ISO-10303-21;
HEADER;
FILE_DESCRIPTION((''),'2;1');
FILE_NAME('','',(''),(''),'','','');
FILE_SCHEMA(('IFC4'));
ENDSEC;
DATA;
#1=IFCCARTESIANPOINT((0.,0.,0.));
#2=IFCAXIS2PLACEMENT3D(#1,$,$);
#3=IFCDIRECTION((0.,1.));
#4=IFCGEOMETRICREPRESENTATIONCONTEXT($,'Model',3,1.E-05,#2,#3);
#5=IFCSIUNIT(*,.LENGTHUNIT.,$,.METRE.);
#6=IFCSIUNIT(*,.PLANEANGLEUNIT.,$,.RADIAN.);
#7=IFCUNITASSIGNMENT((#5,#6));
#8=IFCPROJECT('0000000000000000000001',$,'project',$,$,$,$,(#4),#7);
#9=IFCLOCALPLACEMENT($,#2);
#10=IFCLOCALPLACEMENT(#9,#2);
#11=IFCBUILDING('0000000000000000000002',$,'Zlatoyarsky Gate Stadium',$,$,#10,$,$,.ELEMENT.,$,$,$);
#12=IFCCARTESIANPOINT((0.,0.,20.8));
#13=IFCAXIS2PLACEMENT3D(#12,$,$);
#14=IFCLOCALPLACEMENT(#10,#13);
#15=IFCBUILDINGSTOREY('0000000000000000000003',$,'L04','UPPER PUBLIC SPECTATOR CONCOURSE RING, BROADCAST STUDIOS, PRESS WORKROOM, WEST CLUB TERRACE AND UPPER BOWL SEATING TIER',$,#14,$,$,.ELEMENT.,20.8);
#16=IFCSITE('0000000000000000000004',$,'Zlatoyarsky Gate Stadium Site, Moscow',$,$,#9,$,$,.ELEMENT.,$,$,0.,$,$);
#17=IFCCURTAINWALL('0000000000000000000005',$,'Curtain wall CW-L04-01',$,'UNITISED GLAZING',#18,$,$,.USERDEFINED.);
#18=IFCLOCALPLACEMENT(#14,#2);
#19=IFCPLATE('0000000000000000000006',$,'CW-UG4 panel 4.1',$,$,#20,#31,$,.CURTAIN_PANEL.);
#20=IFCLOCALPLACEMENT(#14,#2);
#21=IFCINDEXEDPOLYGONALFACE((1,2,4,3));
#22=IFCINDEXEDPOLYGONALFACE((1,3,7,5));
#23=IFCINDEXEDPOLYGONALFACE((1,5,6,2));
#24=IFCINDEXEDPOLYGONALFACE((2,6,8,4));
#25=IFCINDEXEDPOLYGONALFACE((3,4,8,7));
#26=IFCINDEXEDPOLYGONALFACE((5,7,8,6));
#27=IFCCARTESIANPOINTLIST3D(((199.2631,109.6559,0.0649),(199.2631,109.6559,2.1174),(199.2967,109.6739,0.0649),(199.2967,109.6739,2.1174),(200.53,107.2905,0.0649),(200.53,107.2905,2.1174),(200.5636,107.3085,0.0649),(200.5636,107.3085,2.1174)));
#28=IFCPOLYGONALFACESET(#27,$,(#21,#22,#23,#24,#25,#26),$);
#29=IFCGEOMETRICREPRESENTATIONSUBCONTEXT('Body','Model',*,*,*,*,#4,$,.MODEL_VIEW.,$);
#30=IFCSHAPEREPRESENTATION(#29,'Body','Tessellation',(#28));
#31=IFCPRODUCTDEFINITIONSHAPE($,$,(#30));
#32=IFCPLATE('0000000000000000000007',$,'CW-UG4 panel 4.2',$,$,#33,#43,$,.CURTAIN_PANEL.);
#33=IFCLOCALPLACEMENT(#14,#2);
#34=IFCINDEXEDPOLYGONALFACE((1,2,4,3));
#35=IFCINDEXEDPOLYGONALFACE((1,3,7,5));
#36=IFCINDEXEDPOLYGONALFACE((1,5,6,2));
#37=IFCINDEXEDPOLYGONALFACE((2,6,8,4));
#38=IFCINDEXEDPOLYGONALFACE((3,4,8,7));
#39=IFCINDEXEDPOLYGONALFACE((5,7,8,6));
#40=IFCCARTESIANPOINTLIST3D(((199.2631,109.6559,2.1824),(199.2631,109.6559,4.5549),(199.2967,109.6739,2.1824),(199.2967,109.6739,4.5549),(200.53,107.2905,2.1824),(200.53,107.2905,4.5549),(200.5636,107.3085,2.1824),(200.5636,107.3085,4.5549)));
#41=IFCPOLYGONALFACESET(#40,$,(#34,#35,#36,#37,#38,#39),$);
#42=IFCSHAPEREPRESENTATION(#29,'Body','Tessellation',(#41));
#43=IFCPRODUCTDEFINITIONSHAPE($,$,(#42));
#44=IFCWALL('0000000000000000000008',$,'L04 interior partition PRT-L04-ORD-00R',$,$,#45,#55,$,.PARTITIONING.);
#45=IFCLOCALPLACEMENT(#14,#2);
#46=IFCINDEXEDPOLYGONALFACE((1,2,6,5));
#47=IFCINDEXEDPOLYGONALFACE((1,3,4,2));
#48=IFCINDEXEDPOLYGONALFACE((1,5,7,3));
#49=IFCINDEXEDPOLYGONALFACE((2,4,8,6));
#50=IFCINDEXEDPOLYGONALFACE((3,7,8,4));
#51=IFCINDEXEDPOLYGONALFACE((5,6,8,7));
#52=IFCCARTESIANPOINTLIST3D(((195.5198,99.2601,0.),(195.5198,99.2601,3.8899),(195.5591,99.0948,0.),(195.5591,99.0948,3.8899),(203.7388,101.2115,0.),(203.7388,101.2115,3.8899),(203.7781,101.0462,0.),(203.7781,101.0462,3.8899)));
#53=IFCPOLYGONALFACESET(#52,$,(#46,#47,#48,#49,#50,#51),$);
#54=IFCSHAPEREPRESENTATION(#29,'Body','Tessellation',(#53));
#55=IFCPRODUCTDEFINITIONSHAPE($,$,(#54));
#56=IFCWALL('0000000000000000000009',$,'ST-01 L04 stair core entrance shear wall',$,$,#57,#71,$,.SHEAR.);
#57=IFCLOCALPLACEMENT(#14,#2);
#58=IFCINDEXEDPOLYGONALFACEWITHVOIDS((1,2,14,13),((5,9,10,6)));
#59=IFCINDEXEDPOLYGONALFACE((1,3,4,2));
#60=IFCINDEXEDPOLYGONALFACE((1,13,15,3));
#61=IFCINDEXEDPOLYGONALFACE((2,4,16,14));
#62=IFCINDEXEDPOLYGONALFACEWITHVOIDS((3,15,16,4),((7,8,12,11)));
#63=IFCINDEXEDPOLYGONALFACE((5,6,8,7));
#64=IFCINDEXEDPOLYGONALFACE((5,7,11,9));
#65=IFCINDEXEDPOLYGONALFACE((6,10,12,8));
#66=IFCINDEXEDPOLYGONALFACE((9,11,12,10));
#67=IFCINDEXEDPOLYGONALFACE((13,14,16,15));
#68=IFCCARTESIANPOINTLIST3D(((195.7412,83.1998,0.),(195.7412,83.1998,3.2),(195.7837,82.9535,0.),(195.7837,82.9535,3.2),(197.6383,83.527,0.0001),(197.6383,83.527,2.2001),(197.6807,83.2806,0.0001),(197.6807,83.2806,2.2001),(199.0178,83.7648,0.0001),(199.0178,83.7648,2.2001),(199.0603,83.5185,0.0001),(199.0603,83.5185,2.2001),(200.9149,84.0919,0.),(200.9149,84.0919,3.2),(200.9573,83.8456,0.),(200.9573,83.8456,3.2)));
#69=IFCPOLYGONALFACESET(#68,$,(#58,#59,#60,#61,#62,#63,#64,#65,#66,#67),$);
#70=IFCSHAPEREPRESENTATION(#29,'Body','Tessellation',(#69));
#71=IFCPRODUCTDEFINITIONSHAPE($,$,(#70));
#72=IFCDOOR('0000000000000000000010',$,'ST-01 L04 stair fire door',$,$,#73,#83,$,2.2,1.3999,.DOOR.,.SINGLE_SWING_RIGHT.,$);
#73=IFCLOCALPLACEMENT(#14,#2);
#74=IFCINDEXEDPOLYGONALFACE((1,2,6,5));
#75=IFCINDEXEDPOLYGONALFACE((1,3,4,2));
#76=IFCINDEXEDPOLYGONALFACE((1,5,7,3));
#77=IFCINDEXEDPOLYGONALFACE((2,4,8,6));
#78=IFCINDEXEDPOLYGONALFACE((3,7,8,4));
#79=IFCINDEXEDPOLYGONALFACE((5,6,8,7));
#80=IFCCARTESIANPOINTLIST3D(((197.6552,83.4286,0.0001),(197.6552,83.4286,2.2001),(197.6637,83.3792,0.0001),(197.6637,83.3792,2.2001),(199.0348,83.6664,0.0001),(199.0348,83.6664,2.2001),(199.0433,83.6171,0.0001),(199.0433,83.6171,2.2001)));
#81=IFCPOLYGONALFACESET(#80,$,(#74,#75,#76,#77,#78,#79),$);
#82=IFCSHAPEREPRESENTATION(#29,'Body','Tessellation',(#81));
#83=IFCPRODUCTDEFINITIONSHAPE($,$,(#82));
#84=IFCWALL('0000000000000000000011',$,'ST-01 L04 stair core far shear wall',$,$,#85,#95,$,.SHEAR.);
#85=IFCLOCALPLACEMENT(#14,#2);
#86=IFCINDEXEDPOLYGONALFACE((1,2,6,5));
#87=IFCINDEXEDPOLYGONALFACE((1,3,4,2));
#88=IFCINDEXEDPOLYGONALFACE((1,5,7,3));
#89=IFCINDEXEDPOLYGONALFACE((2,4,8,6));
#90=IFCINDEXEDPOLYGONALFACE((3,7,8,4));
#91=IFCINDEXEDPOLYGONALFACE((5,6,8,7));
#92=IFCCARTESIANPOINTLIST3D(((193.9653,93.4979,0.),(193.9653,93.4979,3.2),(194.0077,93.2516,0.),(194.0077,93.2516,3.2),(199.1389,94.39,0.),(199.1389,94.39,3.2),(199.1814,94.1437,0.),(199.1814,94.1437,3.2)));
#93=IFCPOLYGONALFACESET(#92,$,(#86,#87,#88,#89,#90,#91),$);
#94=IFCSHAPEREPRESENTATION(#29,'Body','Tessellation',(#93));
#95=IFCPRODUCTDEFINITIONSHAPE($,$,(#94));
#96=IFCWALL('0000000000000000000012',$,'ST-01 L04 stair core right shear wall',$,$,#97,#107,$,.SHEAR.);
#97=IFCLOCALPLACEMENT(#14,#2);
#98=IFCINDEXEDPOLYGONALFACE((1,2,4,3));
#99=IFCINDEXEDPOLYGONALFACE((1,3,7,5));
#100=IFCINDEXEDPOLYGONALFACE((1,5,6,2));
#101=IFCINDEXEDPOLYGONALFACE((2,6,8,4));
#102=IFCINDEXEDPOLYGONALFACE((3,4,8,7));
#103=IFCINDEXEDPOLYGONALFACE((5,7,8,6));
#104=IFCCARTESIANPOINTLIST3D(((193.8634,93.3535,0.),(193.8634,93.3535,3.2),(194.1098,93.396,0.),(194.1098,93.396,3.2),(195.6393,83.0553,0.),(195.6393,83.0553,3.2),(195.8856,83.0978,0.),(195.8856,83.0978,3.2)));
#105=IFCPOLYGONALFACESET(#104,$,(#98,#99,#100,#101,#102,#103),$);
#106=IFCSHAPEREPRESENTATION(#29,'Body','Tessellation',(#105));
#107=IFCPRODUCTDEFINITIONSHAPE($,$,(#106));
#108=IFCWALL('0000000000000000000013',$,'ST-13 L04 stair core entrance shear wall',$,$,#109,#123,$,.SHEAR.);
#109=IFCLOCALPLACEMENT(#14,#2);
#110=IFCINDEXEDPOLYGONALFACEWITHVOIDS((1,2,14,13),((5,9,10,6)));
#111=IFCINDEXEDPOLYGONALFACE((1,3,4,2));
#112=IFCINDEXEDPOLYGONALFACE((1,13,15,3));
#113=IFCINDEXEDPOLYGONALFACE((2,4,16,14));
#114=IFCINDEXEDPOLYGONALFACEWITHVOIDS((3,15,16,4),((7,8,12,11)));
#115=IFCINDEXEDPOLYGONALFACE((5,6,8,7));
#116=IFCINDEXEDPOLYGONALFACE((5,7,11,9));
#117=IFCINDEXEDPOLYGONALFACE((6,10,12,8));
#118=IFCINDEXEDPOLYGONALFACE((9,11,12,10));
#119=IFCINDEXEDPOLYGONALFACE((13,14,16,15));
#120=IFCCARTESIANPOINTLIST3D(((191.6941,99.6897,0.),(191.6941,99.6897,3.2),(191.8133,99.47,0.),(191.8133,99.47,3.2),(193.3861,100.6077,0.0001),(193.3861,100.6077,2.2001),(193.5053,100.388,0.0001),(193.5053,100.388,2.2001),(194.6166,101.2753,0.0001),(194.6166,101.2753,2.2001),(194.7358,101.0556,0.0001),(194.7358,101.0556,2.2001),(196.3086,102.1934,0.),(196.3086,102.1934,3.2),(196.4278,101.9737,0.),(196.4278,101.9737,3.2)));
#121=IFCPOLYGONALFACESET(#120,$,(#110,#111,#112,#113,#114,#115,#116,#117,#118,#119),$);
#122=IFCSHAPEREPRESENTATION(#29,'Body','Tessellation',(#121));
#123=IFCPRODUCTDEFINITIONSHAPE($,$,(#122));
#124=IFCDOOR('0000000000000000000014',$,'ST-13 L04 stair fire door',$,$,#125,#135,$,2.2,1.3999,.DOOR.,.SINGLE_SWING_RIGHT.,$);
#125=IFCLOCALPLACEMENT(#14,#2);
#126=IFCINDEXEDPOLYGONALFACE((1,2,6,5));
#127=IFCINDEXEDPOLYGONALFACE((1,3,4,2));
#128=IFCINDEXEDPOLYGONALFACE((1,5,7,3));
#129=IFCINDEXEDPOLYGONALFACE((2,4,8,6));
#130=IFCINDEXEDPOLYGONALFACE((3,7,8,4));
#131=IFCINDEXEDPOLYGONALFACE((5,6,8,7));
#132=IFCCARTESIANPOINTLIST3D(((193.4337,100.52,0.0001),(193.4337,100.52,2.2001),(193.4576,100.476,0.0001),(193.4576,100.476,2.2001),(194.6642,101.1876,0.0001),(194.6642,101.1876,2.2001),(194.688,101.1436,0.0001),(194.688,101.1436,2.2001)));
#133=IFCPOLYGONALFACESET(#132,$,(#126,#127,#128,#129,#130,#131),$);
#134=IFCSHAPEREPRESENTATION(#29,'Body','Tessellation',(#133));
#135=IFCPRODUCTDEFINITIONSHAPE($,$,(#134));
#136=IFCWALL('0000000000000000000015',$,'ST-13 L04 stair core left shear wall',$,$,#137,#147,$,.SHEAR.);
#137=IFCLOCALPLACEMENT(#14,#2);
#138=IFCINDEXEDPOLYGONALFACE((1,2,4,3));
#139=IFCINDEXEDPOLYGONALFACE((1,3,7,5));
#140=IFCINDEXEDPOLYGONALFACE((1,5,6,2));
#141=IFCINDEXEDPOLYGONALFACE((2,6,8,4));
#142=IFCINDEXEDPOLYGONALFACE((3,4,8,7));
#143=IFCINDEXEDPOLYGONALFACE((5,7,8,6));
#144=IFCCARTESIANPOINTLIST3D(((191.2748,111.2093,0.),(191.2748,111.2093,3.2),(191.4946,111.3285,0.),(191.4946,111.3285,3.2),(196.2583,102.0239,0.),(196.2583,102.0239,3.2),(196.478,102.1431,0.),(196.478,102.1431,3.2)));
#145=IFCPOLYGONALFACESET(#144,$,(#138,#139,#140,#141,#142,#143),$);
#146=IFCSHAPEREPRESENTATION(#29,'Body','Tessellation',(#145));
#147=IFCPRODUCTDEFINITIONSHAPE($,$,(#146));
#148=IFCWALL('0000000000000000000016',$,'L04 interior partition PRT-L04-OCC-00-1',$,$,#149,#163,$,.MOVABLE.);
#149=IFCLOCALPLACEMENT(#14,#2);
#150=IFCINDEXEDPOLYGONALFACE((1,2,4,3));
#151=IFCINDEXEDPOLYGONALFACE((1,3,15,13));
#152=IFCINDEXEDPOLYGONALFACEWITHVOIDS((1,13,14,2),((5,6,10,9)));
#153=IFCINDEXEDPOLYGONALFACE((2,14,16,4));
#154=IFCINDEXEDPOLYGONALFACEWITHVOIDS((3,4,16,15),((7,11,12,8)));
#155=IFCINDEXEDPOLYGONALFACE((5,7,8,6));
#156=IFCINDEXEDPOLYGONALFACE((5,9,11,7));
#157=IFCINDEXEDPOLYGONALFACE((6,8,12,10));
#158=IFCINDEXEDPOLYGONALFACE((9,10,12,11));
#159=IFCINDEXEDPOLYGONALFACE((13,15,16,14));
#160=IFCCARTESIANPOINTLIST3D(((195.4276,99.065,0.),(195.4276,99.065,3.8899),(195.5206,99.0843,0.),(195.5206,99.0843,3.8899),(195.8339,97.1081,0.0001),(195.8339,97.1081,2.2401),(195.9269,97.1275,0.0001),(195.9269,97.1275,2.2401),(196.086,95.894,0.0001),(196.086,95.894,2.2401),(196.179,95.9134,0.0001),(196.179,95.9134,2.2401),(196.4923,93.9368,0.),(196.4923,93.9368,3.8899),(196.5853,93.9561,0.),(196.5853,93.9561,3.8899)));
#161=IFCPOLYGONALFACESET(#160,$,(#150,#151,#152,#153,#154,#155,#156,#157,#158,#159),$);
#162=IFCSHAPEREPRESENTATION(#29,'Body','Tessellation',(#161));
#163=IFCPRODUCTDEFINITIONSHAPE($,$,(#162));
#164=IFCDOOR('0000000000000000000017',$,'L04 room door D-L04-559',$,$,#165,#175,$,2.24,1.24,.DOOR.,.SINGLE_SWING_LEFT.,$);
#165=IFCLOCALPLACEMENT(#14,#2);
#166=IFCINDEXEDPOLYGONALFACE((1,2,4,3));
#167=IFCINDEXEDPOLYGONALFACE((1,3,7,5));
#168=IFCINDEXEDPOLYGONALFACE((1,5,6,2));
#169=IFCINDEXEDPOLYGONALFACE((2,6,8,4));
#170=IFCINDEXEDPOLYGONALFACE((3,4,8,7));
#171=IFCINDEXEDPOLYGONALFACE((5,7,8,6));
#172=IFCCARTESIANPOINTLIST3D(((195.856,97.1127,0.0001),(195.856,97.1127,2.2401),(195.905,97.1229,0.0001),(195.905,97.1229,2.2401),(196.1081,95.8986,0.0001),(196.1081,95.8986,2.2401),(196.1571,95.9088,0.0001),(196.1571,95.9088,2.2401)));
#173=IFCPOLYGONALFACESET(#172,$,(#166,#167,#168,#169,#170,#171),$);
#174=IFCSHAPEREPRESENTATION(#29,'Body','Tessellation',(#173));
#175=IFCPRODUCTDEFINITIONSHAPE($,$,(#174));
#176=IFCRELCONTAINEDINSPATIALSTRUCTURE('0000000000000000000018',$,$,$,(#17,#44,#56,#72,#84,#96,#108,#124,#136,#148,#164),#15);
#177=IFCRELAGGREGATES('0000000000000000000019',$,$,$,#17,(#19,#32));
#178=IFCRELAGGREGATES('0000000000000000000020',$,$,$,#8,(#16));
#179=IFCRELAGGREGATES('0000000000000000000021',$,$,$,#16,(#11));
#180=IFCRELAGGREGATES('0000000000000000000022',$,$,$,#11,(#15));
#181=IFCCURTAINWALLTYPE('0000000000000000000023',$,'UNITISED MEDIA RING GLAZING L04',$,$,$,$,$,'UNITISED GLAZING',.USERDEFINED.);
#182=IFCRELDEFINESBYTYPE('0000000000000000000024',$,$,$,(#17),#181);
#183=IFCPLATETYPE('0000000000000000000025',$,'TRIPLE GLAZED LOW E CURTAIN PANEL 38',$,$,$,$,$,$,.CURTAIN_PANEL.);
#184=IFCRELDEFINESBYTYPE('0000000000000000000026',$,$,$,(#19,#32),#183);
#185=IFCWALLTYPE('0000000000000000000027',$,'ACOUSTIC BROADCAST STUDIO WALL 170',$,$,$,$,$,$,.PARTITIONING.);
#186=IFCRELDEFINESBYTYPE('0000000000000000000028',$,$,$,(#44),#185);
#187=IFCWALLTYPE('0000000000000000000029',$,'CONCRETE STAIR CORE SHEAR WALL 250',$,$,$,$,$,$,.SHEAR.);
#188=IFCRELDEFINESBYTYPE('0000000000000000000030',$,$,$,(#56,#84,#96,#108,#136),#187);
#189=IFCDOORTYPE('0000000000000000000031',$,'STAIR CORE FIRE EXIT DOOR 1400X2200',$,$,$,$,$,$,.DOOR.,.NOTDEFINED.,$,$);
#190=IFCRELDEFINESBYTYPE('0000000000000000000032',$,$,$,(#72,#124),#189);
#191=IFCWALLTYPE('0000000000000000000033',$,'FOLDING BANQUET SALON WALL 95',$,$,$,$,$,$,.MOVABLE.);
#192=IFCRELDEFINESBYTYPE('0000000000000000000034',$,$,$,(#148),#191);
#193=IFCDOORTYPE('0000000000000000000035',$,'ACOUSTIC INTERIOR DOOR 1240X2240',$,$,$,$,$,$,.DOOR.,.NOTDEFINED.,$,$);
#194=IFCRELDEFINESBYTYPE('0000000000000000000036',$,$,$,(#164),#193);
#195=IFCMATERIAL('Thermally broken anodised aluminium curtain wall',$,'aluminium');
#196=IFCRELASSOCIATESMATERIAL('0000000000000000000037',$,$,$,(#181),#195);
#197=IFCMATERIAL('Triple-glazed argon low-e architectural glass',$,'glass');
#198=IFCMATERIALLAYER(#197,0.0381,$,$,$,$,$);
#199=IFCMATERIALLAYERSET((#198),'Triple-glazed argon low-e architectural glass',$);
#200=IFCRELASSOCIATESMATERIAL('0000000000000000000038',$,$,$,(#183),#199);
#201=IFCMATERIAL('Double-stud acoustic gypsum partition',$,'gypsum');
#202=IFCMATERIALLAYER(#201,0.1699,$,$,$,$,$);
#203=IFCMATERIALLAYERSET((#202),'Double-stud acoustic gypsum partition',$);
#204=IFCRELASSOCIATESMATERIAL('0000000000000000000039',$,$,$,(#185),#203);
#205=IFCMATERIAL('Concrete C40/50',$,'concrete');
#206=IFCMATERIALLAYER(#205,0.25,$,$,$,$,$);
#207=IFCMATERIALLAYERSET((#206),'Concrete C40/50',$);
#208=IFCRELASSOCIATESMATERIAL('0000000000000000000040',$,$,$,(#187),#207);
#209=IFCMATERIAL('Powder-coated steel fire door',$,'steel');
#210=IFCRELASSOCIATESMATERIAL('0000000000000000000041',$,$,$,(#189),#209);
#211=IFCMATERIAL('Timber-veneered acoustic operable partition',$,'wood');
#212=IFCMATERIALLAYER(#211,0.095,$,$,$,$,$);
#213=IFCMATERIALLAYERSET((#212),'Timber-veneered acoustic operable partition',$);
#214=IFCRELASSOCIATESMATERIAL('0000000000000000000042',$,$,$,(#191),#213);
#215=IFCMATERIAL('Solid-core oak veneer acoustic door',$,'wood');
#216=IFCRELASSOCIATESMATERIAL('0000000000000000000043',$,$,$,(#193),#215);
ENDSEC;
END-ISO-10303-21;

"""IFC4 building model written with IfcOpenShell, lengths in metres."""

from ifc_helpers import new_model, si_unit, direction, frame, frame_2d, origin, origin_2d, place, context, subcontext, project, spatial, rectangle, extrude, material, layer, layer_set, type_object, element, fill, aggregate, save


model = new_model("IFC4")

# Units and contexts
model_context = context("Model", 3, precision=1e-05, world=origin(), true_north=direction((0.0, 1.0)))
body_context = subcontext(model_context, "Body", "Model", "MODEL_VIEW")
ifc_project = project(units=[si_unit("LENGTHUNIT", "METRE"), si_unit("PLANEANGLEUNIT", "RADIAN")], contexts=[model_context])

# Site, building, storey
site_placement = place(None, origin())
site = spatial("IfcSite", under=ifc_project, at=site_placement, Name="Zlatoyarsky Gate Stadium Site, Moscow", CompositionType="ELEMENT", RefElevation=0.0)
building_placement = place(site_placement, origin())
building = spatial("IfcBuilding", under=site, at=building_placement, Name="Zlatoyarsky Gate Stadium", CompositionType="ELEMENT")
storey_placement = place(building_placement, frame((0.0, 0.0, 20.8)))
storey = spatial("IfcBuildingStorey", under=building, at=storey_placement, Name="L04", Description="UPPER PUBLIC SPECTATOR CONCOURSE RING, BROADCAST STUDIOS, PRESS WORKROOM, WEST CLUB TERRACE AND UPPER BOWL SEATING TIER", CompositionType="ELEMENT", Elevation=20.8)

# Curtain wall
ifc_material_1 = material(Name="Thermally broken anodised aluminium curtain wall", Category="aluminium")
curtain_wall_type = type_object("IfcCurtainWallType", Name="UNITISED MEDIA RING GLAZING L04", ElementType="UNITISED GLAZING", PredefinedType="USERDEFINED", material=ifc_material_1)
curtain_wall_placement = place(storey_placement, origin())
curtain_wall = element("IfcCurtainWall", 1, at=curtain_wall_placement, inside=storey, type_object=curtain_wall_type, Name="Curtain wall CW-L04-01", ObjectType="UNITISED GLAZING", PredefinedType="USERDEFINED")

# Plates
ifc_material_2 = material(Name="Triple-glazed argon low-e architectural glass", Category="glass")
ifc_layer_1 = layer(ifc_material_2, 0.0381)
ifc_layer_set_1 = layer_set([ifc_layer_1], Name="Triple-glazed argon low-e architectural glass")
plate_type = type_object("IfcPlateType", Name="TRIPLE GLAZED LOW E CURTAIN PANEL 38", PredefinedType="CURTAIN_PANEL", material=ifc_layer_set_1)
plate_1_placement = place(storey_placement, frame((199.9133, 108.4822, 0.0649), z_axis=(0.0, 0.0, 1.0), x_axis=(-0.472145, 0.881521, 0.0)))
plate_1 = element("IfcPlate", 2, at=plate_1_placement, type_object=plate_type, Name="CW-UG4 panel 4.1", PredefinedType="CURTAIN_PANEL", context=body_context, shape_type="SweptSolid", body=[
    extrude(rectangle(XDim=2.6833, YDim=0.0381, at=origin_2d()), origin(), (0.0, 0.0, 1.0), 2.0525),
])
plate_2_placement = place(storey_placement, frame((199.9133, 108.4822, 2.1824), z_axis=(0.0, 0.0, 1.0), x_axis=(-0.472145, 0.881521, 0.0)))
plate_2 = element("IfcPlate", 3, at=plate_2_placement, type_object=plate_type, Name="CW-UG4 panel 4.2", PredefinedType="CURTAIN_PANEL", context=body_context, shape_type="SweptSolid", body=[
    extrude(rectangle(XDim=2.6833, YDim=0.0381, at=origin_2d()), origin(), (0.0, 0.0, 1.0), 2.3726),
])
aggregate(curtain_wall, [plate_1, plate_2])

# Wall
ifc_material_3 = material(Name="Double-stud acoustic gypsum partition", Category="gypsum")
ifc_layer_2 = layer(ifc_material_3, 0.1699)
ifc_layer_set_2 = layer_set([ifc_layer_2], Name="Double-stud acoustic gypsum partition")
wall_type_1 = type_object("IfcWallType", Name="ACOUSTIC BROADCAST STUDIO WALL 170", PredefinedType="PARTITIONING", material=ifc_layer_set_2)
wall_1_placement = place(storey_placement, frame((195.5396, 99.1775, 0.0), z_axis=(0.0, 0.0, 1.0), x_axis=(0.972952, 0.231006, 0.0)))
element("IfcWall", 4, at=wall_1_placement, inside=storey, type_object=wall_type_1, Name="L04 interior partition PRT-L04-ORD-00R", PredefinedType="PARTITIONING", context=body_context, shape_type="SweptSolid", body=[
    extrude(rectangle(XDim=8.4475, YDim=0.1699, at=frame_2d((4.2236, 0.0))), origin(), (0.0, 0.0, 1.0), 3.8899),
])

# Wall, opening, door
ifc_material_4 = material(Name="Concrete C40/50", Category="concrete")
ifc_layer_3 = layer(ifc_material_4, 0.25)
ifc_layer_set_3 = layer_set([ifc_layer_3], Name="Concrete C40/50")
wall_type_2 = type_object("IfcWallType", Name="CONCRETE STAIR CORE SHEAR WALL 250", PredefinedType="SHEAR", material=ifc_layer_set_3)
wall_2_placement = place(storey_placement, frame((195.7625, 83.0767, 0.0), z_axis=(0.0, 0.0, 1.0), x_axis=(0.985457, 0.169924, 0.0)))
wall_2 = element("IfcWall", 5, at=wall_2_placement, inside=storey, type_object=wall_type_2, Name="ST-01 L04 stair core entrance shear wall", PredefinedType="SHEAR", context=body_context, shape_type="SweptSolid", body=[
    extrude(rectangle(XDim=5.25, YDim=0.25, at=frame_2d((2.625, 0.0))), origin(), (0.0, 0.0, 1.0), 3.2),
])
opening_1_placement = place(wall_2_placement, frame((1.925, 0.0, 0.0)))
opening_1 = element("IfcOpeningElement", 6, at=opening_1_placement, cuts=wall_2, PredefinedType="OPENING", context=body_context, shape_type="SweptSolid", body=[
    extrude(rectangle(XDim=1.3999, YDim=2.2, at=frame_2d((0.7, 1.1001))), frame((0.0, 0.135, 0.0), z_axis=(0.0, -1.0, 0.0), x_axis=(1.0, 0.0, 0.0)), (0.0, 0.0, 1.0), 0.27),
])
ifc_material_5 = material(Name="Powder-coated steel fire door", Category="steel")
door_type_1 = type_object("IfcDoorType", Name="STAIR CORE FIRE EXIT DOOR 1400X2200", OperationType="NOTDEFINED", PredefinedType="DOOR", material=ifc_material_5)
door_1_placement = place(opening_1_placement, frame((1.3999, 0.0, 0.0), z_axis=(0.0, 0.0, 1.0), x_axis=(-1.0, 0.0, 0.0)))
door_1 = element("IfcDoor", 7, at=door_1_placement, inside=storey, type_object=door_type_1, Name="ST-01 L04 stair fire door", OperationType="SINGLE_SWING_RIGHT", OverallHeight=2.2, OverallWidth=1.3999, PredefinedType="DOOR", context=body_context, shape_type="SweptSolid", body=[
    extrude(rectangle(XDim=1.3999, YDim=2.2, at=frame_2d((0.7, 1.1001))), frame((0.0, 0.0249, 0.0), z_axis=(0.0, -1.0, 0.0), x_axis=(1.0, 0.0, 0.0)), (0.0, 0.0, 1.0), 0.05),
])
fill(opening_1, door_1)

# Walls
wall_3_placement = place(storey_placement, frame((199.1602, 94.2668, 0.0), z_axis=(0.0, 0.0, 1.0), x_axis=(-0.985457, -0.169924, 0.0)))
element("IfcWall", 8, at=wall_3_placement, inside=storey, type_object=wall_type_2, Name="ST-01 L04 stair core far shear wall", PredefinedType="SHEAR", context=body_context, shape_type="SweptSolid", body=[
    extrude(rectangle(XDim=5.25, YDim=0.25, at=frame_2d((2.625, 0.0))), origin(), (0.0, 0.0, 1.0), 3.2),
])
wall_4_placement = place(storey_placement, frame((193.9866, 93.3748, 0.0), z_axis=(0.0, 0.0, 1.0), x_axis=(0.169939, -0.985455, 0.0)))
element("IfcWall", 9, at=wall_4_placement, inside=storey, type_object=wall_type_2, Name="ST-01 L04 stair core right shear wall", PredefinedType="SHEAR", context=body_context, shape_type="SweptSolid", body=[
    extrude(rectangle(XDim=10.4502, YDim=0.25, at=frame_2d((5.2251, 0.0))), origin(), (0.0, 0.0, 1.0), 3.2),
])

# Wall, opening, door
wall_5_placement = place(storey_placement, frame((191.7537, 99.5798, 0.0), z_axis=(0.0, 0.0, 1.0), x_axis=(0.878961, 0.476893, 0.0)))
wall_5 = element("IfcWall", 10, at=wall_5_placement, inside=storey, type_object=wall_type_2, Name="ST-13 L04 stair core entrance shear wall", PredefinedType="SHEAR", context=body_context, shape_type="SweptSolid", body=[
    extrude(rectangle(XDim=5.25, YDim=0.25, at=frame_2d((2.625, 0.0))), origin(), (0.0, 0.0, 1.0), 3.2),
])
opening_2_placement = place(wall_5_placement, frame((1.925, 0.0, 0.0)))
opening_2 = element("IfcOpeningElement", 11, at=opening_2_placement, cuts=wall_5, PredefinedType="OPENING", context=body_context, shape_type="SweptSolid", body=[
    extrude(rectangle(XDim=1.3999, YDim=2.2, at=frame_2d((0.7, 1.1001))), frame((0.0, 0.135, 0.0), z_axis=(0.0, -1.0, 0.0), x_axis=(1.0, 0.0, 0.0)), (0.0, 0.0, 1.0), 0.27),
])
door_2_placement = place(opening_2_placement, frame((1.3999, 0.0, 0.0), z_axis=(0.0, 0.0, 1.0), x_axis=(-1.0, 0.0, 0.0)))
door_2 = element("IfcDoor", 12, at=door_2_placement, inside=storey, type_object=door_type_1, Name="ST-13 L04 stair fire door", OperationType="SINGLE_SWING_RIGHT", OverallHeight=2.2, OverallWidth=1.3999, PredefinedType="DOOR", context=body_context, shape_type="SweptSolid", body=[
    extrude(rectangle(XDim=1.3999, YDim=2.2, at=frame_2d((0.7, 1.1001))), frame((0.0, 0.0249, 0.0), z_axis=(0.0, -1.0, 0.0), x_axis=(1.0, 0.0, 0.0)), (0.0, 0.0, 1.0), 0.05),
])
fill(opening_2, door_2)

# Wall
wall_6_placement = place(storey_placement, frame((196.3682, 102.0835, 0.0), z_axis=(0.0, 0.0, 1.0), x_axis=(-0.476877, 0.87897, 0.0)))
element("IfcWall", 13, at=wall_6_placement, inside=storey, type_object=wall_type_2, Name="ST-13 L04 stair core left shear wall", PredefinedType="SHEAR", context=body_context, shape_type="SweptSolid", body=[
    extrude(rectangle(XDim=10.4502, YDim=0.25, at=frame_2d((5.2251, 0.0))), origin(), (0.0, 0.0, 1.0), 3.2),
])

# Wall, opening, door
ifc_material_6 = material(Name="Timber-veneered acoustic operable partition", Category="wood")
ifc_layer_4 = layer(ifc_material_6, 0.095)
ifc_layer_set_4 = layer_set([ifc_layer_4], Name="Timber-veneered acoustic operable partition")
wall_type_3 = type_object("IfcWallType", Name="FOLDING BANQUET SALON WALL 95", PredefinedType="MOVABLE", material=ifc_layer_set_4)
wall_7_placement = place(storey_placement, frame((196.5388, 93.9465, 0.0), z_axis=(0.0, 0.0, 1.0), x_axis=(-0.203282, 0.97912, 0.0)))
wall_7 = element("IfcWall", 14, at=wall_7_placement, inside=storey, type_object=wall_type_3, Name="L04 interior partition PRT-L04-OCC-00-1", PredefinedType="MOVABLE", context=body_context, shape_type="SweptSolid", body=[
    extrude(rectangle(XDim=5.2375, YDim=0.095, at=frame_2d((2.6187, 0.0))), origin(), (0.0, 0.0, 1.0), 3.8899),
])
opening_3_placement = place(wall_7_placement, frame((1.9988, 0.0, 0.0)))
opening_3 = element("IfcOpeningElement", 15, at=opening_3_placement, cuts=wall_7, PredefinedType="OPENING", context=body_context, shape_type="SweptSolid", body=[
    extrude(rectangle(XDim=1.24, YDim=2.24, at=frame_2d((0.6201, 1.1201))), frame((0.0, 0.0574, 0.0), z_axis=(0.0, -1.0, 0.0), x_axis=(1.0, 0.0, 0.0)), (0.0, 0.0, 1.0), 0.115),
])
ifc_material_7 = material(Name="Solid-core oak veneer acoustic door", Category="wood")
door_type_2 = type_object("IfcDoorType", Name="ACOUSTIC INTERIOR DOOR 1240X2240", OperationType="NOTDEFINED", PredefinedType="DOOR", material=ifc_material_7)
door_3_placement = place(opening_3_placement, origin())
door_3 = element("IfcDoor", 16, at=door_3_placement, inside=storey, type_object=door_type_2, Name="L04 room door D-L04-559", OperationType="SINGLE_SWING_LEFT", OverallHeight=2.24, OverallWidth=1.24, PredefinedType="DOOR", context=body_context, shape_type="SweptSolid", body=[
    extrude(rectangle(XDim=1.24, YDim=2.24, at=frame_2d((0.6201, 1.1201))), frame((0.0, 0.0249, 0.0), z_axis=(0.0, -1.0, 0.0), x_axis=(1.0, 0.0, 0.0)), (0.0, 0.0, 1.0), 0.05),
])
fill(opening_3, door_3)

save(model, "model.ifc")
